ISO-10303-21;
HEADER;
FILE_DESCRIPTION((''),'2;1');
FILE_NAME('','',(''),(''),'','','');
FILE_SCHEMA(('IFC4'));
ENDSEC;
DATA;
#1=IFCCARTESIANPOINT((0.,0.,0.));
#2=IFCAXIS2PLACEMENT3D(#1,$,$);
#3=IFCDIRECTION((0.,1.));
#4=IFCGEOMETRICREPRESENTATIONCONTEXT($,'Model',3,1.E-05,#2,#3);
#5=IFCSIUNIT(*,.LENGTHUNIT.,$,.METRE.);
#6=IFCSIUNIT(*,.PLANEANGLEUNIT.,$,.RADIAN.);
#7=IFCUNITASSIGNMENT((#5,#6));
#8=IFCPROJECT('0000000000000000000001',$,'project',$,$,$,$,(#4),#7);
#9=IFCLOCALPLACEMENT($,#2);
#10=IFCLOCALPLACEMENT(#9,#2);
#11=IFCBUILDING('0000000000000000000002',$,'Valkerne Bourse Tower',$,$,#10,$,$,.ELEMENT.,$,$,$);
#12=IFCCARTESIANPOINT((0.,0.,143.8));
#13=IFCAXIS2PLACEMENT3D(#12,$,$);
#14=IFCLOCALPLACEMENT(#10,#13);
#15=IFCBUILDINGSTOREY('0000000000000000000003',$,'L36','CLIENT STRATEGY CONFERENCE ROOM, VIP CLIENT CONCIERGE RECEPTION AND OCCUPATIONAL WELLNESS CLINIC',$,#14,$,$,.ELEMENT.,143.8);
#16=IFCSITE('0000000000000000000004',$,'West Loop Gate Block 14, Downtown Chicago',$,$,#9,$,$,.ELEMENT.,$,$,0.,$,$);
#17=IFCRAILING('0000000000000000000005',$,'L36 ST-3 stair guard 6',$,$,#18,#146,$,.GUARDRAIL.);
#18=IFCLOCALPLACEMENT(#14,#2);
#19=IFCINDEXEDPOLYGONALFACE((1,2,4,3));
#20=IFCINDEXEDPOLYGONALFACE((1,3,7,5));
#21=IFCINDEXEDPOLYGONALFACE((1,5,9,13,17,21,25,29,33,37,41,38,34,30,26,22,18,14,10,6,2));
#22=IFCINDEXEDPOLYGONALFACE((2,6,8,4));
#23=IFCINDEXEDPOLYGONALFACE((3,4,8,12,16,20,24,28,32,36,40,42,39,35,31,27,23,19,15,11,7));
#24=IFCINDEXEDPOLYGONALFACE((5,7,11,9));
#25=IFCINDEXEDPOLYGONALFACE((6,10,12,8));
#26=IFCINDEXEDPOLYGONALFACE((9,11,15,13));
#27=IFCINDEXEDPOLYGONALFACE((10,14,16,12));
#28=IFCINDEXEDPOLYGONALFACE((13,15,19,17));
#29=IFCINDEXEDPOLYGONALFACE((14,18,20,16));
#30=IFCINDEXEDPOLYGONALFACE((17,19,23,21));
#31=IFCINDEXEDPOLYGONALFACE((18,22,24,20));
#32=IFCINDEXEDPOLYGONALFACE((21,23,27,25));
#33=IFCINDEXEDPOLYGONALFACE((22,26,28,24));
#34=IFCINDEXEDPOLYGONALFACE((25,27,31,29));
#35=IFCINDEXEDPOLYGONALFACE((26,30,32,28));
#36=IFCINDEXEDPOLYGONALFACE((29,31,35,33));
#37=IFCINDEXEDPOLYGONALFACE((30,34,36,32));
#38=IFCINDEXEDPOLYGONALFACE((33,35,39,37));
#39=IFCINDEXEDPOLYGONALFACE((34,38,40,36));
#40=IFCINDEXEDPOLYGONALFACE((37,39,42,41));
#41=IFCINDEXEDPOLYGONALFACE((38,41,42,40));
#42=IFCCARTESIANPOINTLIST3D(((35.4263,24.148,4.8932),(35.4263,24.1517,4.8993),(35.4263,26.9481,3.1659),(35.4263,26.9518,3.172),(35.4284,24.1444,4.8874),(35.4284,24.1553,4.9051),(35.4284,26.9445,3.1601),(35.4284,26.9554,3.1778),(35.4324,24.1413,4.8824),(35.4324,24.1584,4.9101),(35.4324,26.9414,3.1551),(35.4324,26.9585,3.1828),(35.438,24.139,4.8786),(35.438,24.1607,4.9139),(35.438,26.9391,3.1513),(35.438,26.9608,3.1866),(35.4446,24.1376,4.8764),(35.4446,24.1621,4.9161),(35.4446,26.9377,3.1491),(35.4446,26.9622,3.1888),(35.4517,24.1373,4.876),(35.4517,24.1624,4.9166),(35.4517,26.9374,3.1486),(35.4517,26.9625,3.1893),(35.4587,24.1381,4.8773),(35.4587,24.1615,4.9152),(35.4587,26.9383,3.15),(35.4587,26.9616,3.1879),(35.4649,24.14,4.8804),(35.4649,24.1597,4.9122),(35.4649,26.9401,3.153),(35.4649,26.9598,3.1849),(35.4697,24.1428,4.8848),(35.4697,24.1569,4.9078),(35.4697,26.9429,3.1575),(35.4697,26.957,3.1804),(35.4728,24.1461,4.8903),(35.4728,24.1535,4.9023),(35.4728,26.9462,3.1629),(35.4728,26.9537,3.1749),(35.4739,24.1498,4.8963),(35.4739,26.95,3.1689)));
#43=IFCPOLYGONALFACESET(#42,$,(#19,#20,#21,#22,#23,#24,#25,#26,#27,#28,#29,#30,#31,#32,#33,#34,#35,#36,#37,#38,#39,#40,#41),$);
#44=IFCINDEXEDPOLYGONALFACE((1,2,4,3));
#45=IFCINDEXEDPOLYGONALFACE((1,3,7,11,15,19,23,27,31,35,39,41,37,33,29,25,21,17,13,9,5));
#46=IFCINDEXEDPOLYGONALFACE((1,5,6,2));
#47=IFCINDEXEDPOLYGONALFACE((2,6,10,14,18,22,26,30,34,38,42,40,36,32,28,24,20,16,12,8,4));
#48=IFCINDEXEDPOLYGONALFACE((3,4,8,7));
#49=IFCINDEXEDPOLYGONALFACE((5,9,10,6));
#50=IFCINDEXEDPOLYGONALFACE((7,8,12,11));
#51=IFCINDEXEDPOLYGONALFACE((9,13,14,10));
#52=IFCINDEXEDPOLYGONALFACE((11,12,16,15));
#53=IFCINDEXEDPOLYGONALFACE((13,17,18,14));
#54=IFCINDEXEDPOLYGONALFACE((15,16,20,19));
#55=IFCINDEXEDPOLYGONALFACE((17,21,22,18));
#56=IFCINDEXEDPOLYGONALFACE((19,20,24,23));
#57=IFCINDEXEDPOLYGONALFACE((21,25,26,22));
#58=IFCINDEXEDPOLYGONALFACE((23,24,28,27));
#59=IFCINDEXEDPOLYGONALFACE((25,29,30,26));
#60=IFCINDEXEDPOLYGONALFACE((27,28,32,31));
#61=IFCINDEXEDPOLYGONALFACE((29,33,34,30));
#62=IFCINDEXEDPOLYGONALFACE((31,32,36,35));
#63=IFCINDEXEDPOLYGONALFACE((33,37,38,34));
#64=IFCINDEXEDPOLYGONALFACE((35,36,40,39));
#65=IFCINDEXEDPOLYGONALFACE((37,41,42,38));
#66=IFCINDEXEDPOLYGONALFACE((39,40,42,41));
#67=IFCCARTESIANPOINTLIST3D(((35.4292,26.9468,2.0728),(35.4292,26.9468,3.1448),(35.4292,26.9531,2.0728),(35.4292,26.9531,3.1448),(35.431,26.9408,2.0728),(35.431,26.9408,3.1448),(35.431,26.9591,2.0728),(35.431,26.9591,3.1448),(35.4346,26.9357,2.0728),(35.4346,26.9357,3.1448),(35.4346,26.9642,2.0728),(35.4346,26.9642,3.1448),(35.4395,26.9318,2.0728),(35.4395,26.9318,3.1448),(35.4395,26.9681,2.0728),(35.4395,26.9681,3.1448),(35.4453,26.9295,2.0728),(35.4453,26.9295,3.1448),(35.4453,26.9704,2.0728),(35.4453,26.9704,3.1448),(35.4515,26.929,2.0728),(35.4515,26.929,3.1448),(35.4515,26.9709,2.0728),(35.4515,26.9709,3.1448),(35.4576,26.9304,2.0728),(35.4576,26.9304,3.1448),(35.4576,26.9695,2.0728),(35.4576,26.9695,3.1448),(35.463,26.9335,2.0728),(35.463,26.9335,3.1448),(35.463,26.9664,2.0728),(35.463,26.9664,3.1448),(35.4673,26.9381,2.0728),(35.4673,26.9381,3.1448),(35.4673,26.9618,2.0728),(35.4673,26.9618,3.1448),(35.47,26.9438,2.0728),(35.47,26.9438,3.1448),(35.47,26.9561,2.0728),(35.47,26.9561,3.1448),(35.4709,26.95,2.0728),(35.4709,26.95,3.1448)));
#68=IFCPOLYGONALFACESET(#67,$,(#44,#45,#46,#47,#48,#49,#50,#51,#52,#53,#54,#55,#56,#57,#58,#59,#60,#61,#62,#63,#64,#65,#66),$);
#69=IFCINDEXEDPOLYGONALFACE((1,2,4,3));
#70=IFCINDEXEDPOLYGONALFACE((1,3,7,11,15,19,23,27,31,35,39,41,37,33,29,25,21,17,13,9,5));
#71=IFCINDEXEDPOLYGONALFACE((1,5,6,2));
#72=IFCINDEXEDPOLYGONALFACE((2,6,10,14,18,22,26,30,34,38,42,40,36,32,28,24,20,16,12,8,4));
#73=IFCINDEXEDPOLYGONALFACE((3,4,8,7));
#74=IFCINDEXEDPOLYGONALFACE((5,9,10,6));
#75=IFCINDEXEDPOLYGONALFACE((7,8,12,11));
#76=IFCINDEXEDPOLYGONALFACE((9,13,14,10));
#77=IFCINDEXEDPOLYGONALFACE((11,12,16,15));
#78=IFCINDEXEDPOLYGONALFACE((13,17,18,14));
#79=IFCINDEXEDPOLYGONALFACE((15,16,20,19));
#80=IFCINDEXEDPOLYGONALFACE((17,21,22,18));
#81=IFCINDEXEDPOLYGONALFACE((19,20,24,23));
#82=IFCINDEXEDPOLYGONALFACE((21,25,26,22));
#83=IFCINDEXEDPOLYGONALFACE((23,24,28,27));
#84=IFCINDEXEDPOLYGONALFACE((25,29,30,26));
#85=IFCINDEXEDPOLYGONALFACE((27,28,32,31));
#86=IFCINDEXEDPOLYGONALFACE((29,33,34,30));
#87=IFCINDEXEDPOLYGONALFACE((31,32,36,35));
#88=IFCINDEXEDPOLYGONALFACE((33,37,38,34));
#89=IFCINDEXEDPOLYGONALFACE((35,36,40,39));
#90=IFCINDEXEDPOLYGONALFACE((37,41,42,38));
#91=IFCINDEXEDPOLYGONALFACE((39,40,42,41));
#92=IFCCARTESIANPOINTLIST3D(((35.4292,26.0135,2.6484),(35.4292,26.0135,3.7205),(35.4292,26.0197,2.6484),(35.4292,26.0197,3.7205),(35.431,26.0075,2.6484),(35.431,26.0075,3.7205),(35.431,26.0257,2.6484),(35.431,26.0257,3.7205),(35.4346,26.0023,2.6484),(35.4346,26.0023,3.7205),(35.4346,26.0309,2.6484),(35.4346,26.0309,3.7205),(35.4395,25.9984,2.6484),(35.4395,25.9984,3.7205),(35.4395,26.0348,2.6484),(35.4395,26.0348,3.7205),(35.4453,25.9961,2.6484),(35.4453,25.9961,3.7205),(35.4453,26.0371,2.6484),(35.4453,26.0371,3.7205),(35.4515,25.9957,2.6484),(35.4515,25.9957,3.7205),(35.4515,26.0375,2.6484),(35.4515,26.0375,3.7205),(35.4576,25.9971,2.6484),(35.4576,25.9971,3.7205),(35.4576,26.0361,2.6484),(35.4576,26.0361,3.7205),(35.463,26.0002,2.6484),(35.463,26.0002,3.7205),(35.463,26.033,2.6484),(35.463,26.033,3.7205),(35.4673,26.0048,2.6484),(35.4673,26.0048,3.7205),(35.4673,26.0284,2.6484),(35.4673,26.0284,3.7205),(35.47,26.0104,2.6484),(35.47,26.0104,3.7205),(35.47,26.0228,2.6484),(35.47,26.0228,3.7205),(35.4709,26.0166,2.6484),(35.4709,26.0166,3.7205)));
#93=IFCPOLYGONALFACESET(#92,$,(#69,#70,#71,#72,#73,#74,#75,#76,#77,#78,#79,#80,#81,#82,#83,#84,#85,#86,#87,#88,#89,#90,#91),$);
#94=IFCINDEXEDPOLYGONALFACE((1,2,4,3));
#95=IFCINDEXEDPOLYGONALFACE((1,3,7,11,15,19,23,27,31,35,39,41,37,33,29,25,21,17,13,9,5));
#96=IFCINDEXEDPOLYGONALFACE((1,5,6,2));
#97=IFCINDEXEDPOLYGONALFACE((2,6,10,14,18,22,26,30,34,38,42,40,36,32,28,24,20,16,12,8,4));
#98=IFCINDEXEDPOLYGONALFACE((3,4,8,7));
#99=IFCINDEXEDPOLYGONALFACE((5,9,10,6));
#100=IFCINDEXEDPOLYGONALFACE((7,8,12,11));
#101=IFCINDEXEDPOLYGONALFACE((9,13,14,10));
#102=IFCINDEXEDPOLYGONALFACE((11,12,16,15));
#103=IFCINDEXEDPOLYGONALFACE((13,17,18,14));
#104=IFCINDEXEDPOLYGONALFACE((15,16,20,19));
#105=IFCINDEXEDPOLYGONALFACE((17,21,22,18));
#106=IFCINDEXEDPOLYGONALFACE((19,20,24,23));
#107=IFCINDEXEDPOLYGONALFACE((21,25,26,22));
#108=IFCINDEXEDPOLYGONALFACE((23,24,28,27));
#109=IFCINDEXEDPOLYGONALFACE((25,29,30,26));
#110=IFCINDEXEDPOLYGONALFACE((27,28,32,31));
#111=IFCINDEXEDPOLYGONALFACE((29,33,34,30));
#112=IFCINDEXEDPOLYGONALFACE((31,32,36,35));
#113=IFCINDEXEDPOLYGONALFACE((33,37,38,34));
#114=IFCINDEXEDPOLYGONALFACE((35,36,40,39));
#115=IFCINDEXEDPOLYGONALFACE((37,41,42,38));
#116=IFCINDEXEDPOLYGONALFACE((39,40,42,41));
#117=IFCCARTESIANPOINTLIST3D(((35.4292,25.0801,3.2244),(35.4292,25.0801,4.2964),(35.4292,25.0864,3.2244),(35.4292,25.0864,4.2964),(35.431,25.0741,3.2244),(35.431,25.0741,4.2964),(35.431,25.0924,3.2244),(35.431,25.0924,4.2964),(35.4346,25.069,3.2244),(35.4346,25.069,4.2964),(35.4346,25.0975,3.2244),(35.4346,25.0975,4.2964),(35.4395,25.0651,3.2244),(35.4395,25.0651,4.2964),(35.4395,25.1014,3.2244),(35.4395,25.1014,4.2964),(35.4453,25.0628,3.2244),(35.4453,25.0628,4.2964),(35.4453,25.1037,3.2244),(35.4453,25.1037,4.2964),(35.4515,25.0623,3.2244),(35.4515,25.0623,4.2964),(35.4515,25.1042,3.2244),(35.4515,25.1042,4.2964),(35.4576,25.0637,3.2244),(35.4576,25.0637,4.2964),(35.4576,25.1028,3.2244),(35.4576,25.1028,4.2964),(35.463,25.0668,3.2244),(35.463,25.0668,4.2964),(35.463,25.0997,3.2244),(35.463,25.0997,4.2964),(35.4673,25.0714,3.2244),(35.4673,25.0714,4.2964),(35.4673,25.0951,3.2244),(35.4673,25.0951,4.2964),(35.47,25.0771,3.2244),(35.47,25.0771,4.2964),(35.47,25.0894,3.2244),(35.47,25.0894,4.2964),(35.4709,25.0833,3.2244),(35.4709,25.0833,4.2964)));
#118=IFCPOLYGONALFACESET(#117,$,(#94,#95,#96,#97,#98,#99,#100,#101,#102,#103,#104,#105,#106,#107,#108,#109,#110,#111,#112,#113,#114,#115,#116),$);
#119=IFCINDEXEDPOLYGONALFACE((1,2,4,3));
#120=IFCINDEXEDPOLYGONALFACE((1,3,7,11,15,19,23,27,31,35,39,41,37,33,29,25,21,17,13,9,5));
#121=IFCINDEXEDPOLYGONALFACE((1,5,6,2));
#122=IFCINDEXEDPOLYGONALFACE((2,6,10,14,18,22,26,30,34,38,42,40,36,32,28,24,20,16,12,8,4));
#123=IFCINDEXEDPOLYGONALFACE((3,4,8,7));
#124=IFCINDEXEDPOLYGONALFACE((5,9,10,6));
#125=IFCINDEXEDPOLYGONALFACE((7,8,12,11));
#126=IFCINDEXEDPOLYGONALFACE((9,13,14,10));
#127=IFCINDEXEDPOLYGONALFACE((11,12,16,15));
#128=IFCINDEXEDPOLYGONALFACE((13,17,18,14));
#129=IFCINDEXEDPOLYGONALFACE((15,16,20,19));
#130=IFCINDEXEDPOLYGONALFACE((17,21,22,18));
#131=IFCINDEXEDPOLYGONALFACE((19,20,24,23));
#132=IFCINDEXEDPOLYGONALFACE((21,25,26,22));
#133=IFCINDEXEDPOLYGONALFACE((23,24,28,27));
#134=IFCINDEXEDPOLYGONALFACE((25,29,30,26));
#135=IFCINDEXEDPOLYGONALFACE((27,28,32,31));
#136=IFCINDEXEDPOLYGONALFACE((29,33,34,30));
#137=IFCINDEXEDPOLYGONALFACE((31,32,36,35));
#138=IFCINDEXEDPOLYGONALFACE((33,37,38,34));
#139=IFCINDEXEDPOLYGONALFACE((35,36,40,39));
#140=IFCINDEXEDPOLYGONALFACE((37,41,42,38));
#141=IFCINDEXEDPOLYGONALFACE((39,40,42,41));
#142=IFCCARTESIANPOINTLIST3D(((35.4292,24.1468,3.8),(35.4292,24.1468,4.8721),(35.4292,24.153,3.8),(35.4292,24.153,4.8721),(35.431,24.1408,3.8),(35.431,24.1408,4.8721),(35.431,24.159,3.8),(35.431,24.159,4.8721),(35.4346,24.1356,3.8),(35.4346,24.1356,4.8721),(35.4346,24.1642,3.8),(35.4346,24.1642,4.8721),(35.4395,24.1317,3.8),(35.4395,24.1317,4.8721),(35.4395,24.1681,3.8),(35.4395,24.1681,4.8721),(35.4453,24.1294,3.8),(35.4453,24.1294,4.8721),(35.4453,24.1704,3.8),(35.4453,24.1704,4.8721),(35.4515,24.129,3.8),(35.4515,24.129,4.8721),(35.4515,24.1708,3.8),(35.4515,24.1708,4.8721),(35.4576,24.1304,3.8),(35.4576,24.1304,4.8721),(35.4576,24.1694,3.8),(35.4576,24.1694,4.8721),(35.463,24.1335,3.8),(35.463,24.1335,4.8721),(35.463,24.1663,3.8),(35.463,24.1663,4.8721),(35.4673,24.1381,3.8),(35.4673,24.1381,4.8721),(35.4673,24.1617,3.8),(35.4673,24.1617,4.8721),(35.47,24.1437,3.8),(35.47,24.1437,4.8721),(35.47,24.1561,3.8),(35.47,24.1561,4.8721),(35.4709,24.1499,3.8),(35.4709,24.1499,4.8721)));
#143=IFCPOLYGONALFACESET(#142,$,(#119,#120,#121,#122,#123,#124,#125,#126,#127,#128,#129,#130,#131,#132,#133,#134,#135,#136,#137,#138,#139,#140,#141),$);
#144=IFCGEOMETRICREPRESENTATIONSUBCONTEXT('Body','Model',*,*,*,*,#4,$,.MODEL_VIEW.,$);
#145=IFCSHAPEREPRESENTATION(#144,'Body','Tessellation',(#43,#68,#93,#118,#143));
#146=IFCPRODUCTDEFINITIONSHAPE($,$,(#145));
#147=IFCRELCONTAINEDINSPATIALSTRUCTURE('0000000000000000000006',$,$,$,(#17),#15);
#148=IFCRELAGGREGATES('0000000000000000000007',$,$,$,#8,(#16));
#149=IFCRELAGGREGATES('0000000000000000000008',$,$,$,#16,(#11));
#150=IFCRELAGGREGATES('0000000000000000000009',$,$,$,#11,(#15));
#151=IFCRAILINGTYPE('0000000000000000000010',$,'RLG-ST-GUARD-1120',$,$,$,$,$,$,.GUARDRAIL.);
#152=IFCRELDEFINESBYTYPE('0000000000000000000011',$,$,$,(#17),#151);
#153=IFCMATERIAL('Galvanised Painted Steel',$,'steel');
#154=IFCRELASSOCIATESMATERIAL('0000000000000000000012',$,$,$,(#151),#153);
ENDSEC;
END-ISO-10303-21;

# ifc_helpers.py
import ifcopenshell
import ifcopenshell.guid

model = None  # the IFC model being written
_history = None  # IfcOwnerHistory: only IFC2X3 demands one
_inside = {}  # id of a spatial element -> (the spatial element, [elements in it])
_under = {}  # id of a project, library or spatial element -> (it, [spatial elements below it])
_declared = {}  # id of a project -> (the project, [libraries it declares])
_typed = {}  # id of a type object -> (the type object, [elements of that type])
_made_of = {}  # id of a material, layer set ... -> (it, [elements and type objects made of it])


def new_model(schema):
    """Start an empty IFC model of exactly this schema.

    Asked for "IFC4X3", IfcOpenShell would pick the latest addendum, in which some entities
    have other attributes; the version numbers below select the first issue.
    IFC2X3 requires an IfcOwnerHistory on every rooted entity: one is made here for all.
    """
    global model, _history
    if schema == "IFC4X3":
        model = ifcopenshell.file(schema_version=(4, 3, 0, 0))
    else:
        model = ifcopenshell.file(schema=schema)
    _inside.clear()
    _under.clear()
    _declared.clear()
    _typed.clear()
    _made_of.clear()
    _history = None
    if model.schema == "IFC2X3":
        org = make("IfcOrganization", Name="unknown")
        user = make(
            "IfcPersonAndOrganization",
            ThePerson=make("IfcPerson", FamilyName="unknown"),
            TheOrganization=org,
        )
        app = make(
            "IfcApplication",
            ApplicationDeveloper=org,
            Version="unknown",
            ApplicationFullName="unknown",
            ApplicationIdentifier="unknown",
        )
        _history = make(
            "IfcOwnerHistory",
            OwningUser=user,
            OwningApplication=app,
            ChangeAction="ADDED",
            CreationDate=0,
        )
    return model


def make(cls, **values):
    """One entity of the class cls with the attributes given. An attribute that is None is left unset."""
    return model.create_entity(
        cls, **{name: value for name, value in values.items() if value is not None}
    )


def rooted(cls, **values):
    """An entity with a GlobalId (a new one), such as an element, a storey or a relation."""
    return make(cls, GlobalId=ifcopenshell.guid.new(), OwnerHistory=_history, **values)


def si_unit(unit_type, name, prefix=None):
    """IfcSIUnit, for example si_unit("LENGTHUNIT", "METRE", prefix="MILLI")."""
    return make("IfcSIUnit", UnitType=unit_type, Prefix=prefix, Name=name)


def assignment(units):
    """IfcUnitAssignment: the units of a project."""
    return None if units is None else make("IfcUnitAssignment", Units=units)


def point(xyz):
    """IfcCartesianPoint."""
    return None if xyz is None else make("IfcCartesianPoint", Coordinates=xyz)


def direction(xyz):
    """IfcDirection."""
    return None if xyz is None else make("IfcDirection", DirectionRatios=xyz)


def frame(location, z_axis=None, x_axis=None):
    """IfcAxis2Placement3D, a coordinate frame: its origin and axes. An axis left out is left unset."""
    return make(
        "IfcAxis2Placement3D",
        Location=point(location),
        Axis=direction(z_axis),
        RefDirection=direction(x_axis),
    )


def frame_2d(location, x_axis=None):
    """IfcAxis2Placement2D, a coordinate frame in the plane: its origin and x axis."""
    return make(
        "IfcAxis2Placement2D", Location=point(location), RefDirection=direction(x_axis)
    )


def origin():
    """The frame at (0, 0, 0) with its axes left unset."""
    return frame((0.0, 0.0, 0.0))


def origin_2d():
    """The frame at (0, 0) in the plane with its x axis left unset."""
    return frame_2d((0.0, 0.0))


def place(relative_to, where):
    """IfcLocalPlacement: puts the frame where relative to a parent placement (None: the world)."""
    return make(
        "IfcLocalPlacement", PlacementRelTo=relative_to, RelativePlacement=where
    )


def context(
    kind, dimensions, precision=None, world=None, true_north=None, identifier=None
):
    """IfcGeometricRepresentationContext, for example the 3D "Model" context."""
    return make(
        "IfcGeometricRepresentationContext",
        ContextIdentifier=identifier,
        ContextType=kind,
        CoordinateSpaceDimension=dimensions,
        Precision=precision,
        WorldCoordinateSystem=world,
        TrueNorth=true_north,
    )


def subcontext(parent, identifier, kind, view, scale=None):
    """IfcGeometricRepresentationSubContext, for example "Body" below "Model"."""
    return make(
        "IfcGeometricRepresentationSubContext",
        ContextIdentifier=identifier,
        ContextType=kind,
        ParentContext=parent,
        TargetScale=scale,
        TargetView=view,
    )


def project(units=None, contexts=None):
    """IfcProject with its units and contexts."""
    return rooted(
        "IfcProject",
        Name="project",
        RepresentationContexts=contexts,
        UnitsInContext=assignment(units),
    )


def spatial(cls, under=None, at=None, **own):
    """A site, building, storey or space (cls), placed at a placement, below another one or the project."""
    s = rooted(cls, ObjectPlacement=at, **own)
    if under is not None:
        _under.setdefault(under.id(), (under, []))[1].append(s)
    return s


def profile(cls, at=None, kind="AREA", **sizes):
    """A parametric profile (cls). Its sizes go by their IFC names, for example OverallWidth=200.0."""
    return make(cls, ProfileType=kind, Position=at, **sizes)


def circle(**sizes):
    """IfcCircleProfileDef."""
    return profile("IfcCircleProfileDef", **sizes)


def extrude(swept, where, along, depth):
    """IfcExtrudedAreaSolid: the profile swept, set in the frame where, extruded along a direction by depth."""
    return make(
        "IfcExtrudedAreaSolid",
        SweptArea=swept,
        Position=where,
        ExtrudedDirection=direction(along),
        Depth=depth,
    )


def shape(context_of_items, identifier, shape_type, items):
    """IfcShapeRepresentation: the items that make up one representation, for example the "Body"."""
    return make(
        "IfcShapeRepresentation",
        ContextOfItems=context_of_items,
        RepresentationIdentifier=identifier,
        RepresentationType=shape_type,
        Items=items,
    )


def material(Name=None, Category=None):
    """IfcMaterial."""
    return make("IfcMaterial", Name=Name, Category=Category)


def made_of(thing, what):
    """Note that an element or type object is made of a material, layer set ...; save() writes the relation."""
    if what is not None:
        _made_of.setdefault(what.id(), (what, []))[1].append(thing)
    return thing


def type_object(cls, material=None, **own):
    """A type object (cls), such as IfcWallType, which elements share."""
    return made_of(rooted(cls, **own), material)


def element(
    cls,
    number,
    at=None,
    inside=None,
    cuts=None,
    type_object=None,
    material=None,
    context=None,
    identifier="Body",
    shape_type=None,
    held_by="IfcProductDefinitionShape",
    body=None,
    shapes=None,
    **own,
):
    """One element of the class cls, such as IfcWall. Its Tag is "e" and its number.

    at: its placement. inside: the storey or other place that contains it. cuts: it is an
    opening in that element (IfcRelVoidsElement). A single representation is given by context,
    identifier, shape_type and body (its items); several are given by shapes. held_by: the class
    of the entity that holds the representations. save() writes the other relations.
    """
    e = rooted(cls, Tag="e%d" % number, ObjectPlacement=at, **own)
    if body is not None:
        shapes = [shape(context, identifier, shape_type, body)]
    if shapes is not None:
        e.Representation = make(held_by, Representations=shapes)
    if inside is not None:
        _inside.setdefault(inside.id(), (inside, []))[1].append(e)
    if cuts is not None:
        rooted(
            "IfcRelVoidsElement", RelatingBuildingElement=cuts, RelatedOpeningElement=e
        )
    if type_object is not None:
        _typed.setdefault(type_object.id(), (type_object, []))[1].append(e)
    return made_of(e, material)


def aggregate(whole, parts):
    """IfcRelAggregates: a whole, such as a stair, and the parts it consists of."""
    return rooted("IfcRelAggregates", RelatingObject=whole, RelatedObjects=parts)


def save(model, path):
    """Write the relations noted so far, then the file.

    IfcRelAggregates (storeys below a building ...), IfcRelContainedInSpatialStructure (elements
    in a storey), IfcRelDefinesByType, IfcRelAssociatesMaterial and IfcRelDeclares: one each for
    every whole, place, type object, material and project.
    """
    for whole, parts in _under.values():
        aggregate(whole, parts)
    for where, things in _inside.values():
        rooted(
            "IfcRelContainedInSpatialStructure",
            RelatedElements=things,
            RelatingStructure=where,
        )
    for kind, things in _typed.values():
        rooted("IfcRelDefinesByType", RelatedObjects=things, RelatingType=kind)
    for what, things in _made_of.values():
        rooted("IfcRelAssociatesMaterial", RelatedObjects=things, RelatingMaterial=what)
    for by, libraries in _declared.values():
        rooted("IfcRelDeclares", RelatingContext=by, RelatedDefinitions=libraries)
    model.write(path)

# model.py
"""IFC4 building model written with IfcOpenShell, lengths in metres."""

from ifc_helpers import new_model, si_unit, direction, frame, origin, origin_2d, place, context, subcontext, project, spatial, circle, extrude, material, type_object, element, save


model = new_model("IFC4")

# Units and contexts
model_context = context("Model", 3, precision=1e-05, world=origin(), true_north=direction((0.0, 1.0)))
body_context = subcontext(model_context, "Body", "Model", "MODEL_VIEW")
ifc_project = project(units=[si_unit("LENGTHUNIT", "METRE"), si_unit("PLANEANGLEUNIT", "RADIAN")], contexts=[model_context])

# Site, building, storey
site_placement = place(None, origin())
site = spatial("IfcSite", under=ifc_project, at=site_placement, Name="West Loop Gate Block 14, Downtown Chicago", CompositionType="ELEMENT", RefElevation=0.0)
building_placement = place(site_placement, origin())
building = spatial("IfcBuilding", under=site, at=building_placement, Name="Valkerne Bourse Tower", CompositionType="ELEMENT")
storey_placement = place(building_placement, frame((0.0, 0.0, 143.8)))
storey = spatial("IfcBuildingStorey", under=building, at=storey_placement, Name="L36", Description="CLIENT STRATEGY CONFERENCE ROOM, VIP CLIENT CONCIERGE RECEPTION AND OCCUPATIONAL WELLNESS CLINIC", CompositionType="ELEMENT", Elevation=143.8)

# Railing
ifc_material_1 = material(Name="Galvanised Painted Steel", Category="steel")
railing_type_1 = type_object("IfcRailingType", Name="RLG-ST-GUARD-1120", PredefinedType="GUARDRAIL", material=ifc_material_1)
railing_1_placement = place(storey_placement, frame((35.45, 26.95, 2.0728)))
element("IfcRailing", 1, at=railing_1_placement, inside=storey, type_object=railing_type_1, Name="L36 ST-3 stair guard 6", PredefinedType="GUARDRAIL", context=body_context, shape_type="SweptSolid", body=[
    extrude(circle(Radius=0.0239, at=origin_2d()), frame((0.0, 0.0, 1.0962), z_axis=(0.0, -0.85109, 0.52502), x_axis=(1.0, 0.0, 0.0)), (0.0, 0.0, 1.0), 3.29),
    extrude(circle(Radius=0.021, at=origin_2d()), origin(), (0.0, 0.0, 1.0), 1.072),
    extrude(circle(Radius=0.021, at=origin_2d()), frame((0.0, -0.9333, 0.5757)), (0.0, 0.0, 1.0), 1.072),
    extrude(circle(Radius=0.021, at=origin_2d()), frame((0.0, -1.8667, 1.1516)), (0.0, 0.0, 1.0), 1.072),
    extrude(circle(Radius=0.021, at=origin_2d()), frame((0.0, -2.8, 1.7273)), (0.0, 0.0, 1.0), 1.072),
])

save(model, "model.ifc")
